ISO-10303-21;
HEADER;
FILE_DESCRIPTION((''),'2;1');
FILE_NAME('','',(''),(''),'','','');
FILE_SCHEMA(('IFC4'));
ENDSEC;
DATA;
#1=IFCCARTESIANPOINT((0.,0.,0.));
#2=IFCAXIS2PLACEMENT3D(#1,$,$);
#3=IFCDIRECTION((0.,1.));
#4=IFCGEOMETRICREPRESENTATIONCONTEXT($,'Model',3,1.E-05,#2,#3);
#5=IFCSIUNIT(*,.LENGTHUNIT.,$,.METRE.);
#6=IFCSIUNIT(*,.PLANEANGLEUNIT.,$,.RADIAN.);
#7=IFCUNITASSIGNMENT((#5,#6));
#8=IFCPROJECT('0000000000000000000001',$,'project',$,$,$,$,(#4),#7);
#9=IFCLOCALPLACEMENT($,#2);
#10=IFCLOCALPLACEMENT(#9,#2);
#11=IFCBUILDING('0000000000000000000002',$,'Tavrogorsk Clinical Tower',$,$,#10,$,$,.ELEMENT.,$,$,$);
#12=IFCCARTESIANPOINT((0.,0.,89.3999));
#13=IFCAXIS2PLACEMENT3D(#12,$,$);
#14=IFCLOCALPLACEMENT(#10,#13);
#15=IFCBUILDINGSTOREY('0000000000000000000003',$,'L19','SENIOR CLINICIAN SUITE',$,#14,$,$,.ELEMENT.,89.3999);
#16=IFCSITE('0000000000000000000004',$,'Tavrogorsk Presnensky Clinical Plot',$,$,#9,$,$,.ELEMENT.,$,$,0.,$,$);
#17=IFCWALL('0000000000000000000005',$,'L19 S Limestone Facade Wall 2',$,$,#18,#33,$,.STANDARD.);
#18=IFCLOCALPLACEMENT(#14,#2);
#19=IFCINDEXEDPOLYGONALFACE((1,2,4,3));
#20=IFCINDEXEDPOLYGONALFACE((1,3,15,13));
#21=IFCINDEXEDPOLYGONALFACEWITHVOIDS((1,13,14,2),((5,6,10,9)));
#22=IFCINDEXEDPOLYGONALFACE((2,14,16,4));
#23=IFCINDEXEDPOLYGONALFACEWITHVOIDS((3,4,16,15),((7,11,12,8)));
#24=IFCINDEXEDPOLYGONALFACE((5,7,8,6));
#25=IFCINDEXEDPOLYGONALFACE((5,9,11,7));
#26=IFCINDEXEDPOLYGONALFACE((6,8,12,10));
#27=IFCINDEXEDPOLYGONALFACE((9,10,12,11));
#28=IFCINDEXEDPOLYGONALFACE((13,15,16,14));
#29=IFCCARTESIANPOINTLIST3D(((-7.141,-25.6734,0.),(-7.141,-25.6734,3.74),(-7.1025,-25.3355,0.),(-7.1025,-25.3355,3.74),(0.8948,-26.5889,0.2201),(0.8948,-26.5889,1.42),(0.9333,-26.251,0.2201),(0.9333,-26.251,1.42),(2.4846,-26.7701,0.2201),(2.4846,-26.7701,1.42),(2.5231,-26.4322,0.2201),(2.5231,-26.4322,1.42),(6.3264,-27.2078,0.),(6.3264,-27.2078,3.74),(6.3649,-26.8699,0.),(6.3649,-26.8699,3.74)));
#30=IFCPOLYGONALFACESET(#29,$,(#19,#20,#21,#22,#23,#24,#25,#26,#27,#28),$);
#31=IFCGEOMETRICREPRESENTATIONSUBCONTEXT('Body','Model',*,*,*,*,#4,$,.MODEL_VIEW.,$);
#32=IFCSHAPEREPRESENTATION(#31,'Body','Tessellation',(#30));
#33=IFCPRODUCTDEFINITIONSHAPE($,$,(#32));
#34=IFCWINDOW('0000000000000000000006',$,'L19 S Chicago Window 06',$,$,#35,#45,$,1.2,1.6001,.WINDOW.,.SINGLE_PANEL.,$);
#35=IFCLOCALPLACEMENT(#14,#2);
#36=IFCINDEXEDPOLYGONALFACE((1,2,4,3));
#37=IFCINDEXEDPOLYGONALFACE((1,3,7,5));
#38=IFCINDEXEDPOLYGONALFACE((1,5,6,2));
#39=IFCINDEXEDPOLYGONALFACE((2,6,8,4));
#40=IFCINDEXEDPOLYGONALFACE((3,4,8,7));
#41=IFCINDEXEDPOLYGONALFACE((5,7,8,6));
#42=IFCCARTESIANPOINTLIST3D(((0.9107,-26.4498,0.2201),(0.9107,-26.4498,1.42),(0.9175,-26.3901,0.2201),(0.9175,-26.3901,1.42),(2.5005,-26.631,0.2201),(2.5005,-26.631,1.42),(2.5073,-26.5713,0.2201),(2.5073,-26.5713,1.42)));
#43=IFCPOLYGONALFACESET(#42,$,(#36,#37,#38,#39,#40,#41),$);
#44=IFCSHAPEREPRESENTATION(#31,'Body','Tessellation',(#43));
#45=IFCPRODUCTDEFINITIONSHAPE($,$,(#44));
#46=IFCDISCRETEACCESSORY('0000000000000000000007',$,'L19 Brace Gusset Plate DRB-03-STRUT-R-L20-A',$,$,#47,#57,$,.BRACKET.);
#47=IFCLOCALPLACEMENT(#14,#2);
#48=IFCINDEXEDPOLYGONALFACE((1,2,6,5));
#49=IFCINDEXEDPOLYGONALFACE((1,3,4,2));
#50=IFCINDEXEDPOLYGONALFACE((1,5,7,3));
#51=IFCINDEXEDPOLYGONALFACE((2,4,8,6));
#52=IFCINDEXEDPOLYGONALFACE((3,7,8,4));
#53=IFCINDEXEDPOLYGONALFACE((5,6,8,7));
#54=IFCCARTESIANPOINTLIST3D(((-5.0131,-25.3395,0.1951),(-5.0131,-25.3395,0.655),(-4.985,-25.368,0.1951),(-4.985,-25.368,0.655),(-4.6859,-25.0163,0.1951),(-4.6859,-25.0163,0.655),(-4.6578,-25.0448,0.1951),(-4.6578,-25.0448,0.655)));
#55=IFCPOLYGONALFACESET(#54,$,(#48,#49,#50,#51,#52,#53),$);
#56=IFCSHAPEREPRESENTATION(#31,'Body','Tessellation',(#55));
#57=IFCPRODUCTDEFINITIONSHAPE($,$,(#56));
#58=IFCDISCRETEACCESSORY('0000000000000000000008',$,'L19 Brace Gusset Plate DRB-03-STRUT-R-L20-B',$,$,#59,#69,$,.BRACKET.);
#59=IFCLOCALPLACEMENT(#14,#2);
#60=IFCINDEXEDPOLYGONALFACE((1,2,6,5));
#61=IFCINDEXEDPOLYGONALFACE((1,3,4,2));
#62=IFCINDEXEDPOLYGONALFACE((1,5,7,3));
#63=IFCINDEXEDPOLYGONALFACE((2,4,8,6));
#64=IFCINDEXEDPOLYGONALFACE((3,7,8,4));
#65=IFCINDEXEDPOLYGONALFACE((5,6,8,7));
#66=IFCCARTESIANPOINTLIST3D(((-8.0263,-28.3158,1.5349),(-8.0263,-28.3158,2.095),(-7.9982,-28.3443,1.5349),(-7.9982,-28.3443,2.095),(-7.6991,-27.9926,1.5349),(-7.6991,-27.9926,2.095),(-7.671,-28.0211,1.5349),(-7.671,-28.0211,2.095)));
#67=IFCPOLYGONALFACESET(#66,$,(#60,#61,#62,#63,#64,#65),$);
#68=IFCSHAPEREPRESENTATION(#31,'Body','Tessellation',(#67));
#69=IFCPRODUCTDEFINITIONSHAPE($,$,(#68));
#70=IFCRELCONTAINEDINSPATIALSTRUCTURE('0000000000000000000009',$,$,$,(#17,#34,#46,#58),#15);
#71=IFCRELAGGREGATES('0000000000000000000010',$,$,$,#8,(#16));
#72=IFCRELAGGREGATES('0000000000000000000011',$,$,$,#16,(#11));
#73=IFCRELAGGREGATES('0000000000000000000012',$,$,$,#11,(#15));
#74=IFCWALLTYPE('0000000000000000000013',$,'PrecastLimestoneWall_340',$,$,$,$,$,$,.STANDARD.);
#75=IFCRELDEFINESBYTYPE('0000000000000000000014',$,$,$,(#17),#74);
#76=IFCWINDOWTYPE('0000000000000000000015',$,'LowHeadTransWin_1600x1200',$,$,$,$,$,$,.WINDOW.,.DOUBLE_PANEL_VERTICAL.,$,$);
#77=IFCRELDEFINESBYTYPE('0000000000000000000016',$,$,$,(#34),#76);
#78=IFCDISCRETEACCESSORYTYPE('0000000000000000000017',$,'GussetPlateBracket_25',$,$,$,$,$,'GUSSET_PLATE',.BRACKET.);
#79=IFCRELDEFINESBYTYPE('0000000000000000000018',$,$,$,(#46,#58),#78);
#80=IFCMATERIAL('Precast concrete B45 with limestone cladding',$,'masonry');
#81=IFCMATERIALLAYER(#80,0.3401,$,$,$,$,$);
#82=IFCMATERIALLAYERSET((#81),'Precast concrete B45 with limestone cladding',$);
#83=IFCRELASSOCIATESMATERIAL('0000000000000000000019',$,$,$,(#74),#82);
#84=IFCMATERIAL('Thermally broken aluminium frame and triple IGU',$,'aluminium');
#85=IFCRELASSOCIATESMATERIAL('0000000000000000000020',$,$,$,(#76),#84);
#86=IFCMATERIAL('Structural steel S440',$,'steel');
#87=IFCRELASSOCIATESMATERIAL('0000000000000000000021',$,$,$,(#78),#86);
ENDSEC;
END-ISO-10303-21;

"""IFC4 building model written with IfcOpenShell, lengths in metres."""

from ifc_helpers import new_model, si_unit, direction, frame, frame_2d, origin, origin_2d, place, context, subcontext, project, spatial, rectangle, extrude, material, layer, layer_set, type_object, element, fill, save


model = new_model("IFC4")

# Units and contexts
model_context = context("Model", 3, precision=1e-05, world=origin(), true_north=direction((0.0, 1.0)))
body_context = subcontext(model_context, "Body", "Model", "MODEL_VIEW")
ifc_project = project(units=[si_unit("LENGTHUNIT", "METRE"), si_unit("PLANEANGLEUNIT", "RADIAN")], contexts=[model_context])

# Site, building, storey
site_placement = place(None, origin())
site = spatial("IfcSite", under=ifc_project, at=site_placement, Name="Tavrogorsk Presnensky Clinical Plot", CompositionType="ELEMENT", RefElevation=0.0)
building_placement = place(site_placement, origin())
building = spatial("IfcBuilding", under=site, at=building_placement, Name="Tavrogorsk Clinical Tower", CompositionType="ELEMENT")
storey_placement = place(building_placement, frame((0.0, 0.0, 89.3999)))
storey = spatial("IfcBuildingStorey", under=building, at=storey_placement, Name="L19", Description="SENIOR CLINICIAN SUITE", CompositionType="ELEMENT", Elevation=89.3999)

# Wall, opening, window
ifc_material_1 = material(Name="Precast concrete B45 with limestone cladding", Category="masonry")
ifc_layer_1 = layer(ifc_material_1, 0.3401)
ifc_layer_set_1 = layer_set([ifc_layer_1], Name="Precast concrete B45 with limestone cladding")
wall_type_1 = type_object("IfcWallType", Name="PrecastLimestoneWall_340", PredefinedType="STANDARD", material=ifc_layer_set_1)
wall_1_placement = place(storey_placement, frame((-7.1218, -25.5044, 0.0), z_axis=(0.0, 0.0, 1.0), x_axis=(0.993572, -0.113205, 0.0)))
wall_1 = element("IfcWall", 1, at=wall_1_placement, inside=storey, type_object=wall_type_1, Name="L19 S Limestone Facade Wall 2", PredefinedType="STANDARD", context=body_context, shape_type="SweptSolid", body=[
    extrude(rectangle(XDim=13.5544, YDim=0.3401, at=frame_2d((6.7773, 0.0))), origin(), (0.0, 0.0, 1.0), 3.74),
])
opening_placement = place(wall_1_placement, frame((8.0879, 0.0, 0.22)))
opening = element("IfcOpeningElement", 2, at=opening_placement, cuts=wall_1, PredefinedType="OPENING", context=body_context, shape_type="SweptSolid", body=[
    extrude(rectangle(XDim=1.6001, YDim=1.2, at=frame_2d((0.8, 0.6001))), frame((0.0, 0.1799, 0.0), z_axis=(0.0, -1.0, 0.0), x_axis=(1.0, 0.0, 0.0)), (0.0, 0.0, 1.0), 0.3601),
])
ifc_material_2 = material(Name="Thermally broken aluminium frame and triple IGU", Category="aluminium")
window_type = type_object("IfcWindowType", Name="LowHeadTransWin_1600x1200", PartitioningType="DOUBLE_PANEL_VERTICAL", PredefinedType="WINDOW", material=ifc_material_2)
window_placement = place(opening_placement, origin())
window = element("IfcWindow", 3, at=window_placement, inside=storey, type_object=window_type, Name="L19 S Chicago Window 06", OverallHeight=1.2, OverallWidth=1.6001, PartitioningType="SINGLE_PANEL", PredefinedType="WINDOW", context=body_context, shape_type="SweptSolid", body=[
    extrude(rectangle(XDim=1.6001, YDim=1.2, at=frame_2d((0.8, 0.6001))), frame((0.0, 0.03, 0.0), z_axis=(0.0, -1.0, 0.0), x_axis=(1.0, 0.0, 0.0)), (0.0, 0.0, 1.0), 0.0601),
])
fill(opening, window)

# Discrete accessories
ifc_material_3 = material(Name="Structural steel S440", Category="steel")
discrete_accessory_type = type_object("IfcDiscreteAccessoryType", Name="GussetPlateBracket_25", ElementType="GUSSET_PLATE", PredefinedType="BRACKET", material=ifc_material_3)
discrete_accessory_1_placement = place(storey_placement, frame((-4.8354, -25.1921, 0.1951), z_axis=(0.0, 0.0, 1.0), x_axis=(-0.711413, -0.702774, 0.0)))
element("IfcDiscreteAccessory", 4, at=discrete_accessory_1_placement, inside=storey, type_object=discrete_accessory_type, Name="L19 Brace Gusset Plate DRB-03-STRUT-R-L20-A", PredefinedType="BRACKET", context=body_context, shape_type="SweptSolid", body=[
    extrude(rectangle(XDim=0.46, YDim=0.04, at=origin_2d()), origin(), (0.0, 0.0, 1.0), 0.46),
])
discrete_accessory_2_placement = place(storey_placement, frame((-7.8486, -28.1685, 1.5349), z_axis=(0.0, 0.0, 1.0), x_axis=(-0.711413, -0.702774, 0.0)))
element("IfcDiscreteAccessory", 5, at=discrete_accessory_2_placement, inside=storey, type_object=discrete_accessory_type, Name="L19 Brace Gusset Plate DRB-03-STRUT-R-L20-B", PredefinedType="BRACKET", context=body_context, shape_type="SweptSolid", body=[
    extrude(rectangle(XDim=0.46, YDim=0.04, at=origin_2d()), origin(), (0.0, 0.0, 1.0), 0.5601),
])

save(model, "model.ifc")
